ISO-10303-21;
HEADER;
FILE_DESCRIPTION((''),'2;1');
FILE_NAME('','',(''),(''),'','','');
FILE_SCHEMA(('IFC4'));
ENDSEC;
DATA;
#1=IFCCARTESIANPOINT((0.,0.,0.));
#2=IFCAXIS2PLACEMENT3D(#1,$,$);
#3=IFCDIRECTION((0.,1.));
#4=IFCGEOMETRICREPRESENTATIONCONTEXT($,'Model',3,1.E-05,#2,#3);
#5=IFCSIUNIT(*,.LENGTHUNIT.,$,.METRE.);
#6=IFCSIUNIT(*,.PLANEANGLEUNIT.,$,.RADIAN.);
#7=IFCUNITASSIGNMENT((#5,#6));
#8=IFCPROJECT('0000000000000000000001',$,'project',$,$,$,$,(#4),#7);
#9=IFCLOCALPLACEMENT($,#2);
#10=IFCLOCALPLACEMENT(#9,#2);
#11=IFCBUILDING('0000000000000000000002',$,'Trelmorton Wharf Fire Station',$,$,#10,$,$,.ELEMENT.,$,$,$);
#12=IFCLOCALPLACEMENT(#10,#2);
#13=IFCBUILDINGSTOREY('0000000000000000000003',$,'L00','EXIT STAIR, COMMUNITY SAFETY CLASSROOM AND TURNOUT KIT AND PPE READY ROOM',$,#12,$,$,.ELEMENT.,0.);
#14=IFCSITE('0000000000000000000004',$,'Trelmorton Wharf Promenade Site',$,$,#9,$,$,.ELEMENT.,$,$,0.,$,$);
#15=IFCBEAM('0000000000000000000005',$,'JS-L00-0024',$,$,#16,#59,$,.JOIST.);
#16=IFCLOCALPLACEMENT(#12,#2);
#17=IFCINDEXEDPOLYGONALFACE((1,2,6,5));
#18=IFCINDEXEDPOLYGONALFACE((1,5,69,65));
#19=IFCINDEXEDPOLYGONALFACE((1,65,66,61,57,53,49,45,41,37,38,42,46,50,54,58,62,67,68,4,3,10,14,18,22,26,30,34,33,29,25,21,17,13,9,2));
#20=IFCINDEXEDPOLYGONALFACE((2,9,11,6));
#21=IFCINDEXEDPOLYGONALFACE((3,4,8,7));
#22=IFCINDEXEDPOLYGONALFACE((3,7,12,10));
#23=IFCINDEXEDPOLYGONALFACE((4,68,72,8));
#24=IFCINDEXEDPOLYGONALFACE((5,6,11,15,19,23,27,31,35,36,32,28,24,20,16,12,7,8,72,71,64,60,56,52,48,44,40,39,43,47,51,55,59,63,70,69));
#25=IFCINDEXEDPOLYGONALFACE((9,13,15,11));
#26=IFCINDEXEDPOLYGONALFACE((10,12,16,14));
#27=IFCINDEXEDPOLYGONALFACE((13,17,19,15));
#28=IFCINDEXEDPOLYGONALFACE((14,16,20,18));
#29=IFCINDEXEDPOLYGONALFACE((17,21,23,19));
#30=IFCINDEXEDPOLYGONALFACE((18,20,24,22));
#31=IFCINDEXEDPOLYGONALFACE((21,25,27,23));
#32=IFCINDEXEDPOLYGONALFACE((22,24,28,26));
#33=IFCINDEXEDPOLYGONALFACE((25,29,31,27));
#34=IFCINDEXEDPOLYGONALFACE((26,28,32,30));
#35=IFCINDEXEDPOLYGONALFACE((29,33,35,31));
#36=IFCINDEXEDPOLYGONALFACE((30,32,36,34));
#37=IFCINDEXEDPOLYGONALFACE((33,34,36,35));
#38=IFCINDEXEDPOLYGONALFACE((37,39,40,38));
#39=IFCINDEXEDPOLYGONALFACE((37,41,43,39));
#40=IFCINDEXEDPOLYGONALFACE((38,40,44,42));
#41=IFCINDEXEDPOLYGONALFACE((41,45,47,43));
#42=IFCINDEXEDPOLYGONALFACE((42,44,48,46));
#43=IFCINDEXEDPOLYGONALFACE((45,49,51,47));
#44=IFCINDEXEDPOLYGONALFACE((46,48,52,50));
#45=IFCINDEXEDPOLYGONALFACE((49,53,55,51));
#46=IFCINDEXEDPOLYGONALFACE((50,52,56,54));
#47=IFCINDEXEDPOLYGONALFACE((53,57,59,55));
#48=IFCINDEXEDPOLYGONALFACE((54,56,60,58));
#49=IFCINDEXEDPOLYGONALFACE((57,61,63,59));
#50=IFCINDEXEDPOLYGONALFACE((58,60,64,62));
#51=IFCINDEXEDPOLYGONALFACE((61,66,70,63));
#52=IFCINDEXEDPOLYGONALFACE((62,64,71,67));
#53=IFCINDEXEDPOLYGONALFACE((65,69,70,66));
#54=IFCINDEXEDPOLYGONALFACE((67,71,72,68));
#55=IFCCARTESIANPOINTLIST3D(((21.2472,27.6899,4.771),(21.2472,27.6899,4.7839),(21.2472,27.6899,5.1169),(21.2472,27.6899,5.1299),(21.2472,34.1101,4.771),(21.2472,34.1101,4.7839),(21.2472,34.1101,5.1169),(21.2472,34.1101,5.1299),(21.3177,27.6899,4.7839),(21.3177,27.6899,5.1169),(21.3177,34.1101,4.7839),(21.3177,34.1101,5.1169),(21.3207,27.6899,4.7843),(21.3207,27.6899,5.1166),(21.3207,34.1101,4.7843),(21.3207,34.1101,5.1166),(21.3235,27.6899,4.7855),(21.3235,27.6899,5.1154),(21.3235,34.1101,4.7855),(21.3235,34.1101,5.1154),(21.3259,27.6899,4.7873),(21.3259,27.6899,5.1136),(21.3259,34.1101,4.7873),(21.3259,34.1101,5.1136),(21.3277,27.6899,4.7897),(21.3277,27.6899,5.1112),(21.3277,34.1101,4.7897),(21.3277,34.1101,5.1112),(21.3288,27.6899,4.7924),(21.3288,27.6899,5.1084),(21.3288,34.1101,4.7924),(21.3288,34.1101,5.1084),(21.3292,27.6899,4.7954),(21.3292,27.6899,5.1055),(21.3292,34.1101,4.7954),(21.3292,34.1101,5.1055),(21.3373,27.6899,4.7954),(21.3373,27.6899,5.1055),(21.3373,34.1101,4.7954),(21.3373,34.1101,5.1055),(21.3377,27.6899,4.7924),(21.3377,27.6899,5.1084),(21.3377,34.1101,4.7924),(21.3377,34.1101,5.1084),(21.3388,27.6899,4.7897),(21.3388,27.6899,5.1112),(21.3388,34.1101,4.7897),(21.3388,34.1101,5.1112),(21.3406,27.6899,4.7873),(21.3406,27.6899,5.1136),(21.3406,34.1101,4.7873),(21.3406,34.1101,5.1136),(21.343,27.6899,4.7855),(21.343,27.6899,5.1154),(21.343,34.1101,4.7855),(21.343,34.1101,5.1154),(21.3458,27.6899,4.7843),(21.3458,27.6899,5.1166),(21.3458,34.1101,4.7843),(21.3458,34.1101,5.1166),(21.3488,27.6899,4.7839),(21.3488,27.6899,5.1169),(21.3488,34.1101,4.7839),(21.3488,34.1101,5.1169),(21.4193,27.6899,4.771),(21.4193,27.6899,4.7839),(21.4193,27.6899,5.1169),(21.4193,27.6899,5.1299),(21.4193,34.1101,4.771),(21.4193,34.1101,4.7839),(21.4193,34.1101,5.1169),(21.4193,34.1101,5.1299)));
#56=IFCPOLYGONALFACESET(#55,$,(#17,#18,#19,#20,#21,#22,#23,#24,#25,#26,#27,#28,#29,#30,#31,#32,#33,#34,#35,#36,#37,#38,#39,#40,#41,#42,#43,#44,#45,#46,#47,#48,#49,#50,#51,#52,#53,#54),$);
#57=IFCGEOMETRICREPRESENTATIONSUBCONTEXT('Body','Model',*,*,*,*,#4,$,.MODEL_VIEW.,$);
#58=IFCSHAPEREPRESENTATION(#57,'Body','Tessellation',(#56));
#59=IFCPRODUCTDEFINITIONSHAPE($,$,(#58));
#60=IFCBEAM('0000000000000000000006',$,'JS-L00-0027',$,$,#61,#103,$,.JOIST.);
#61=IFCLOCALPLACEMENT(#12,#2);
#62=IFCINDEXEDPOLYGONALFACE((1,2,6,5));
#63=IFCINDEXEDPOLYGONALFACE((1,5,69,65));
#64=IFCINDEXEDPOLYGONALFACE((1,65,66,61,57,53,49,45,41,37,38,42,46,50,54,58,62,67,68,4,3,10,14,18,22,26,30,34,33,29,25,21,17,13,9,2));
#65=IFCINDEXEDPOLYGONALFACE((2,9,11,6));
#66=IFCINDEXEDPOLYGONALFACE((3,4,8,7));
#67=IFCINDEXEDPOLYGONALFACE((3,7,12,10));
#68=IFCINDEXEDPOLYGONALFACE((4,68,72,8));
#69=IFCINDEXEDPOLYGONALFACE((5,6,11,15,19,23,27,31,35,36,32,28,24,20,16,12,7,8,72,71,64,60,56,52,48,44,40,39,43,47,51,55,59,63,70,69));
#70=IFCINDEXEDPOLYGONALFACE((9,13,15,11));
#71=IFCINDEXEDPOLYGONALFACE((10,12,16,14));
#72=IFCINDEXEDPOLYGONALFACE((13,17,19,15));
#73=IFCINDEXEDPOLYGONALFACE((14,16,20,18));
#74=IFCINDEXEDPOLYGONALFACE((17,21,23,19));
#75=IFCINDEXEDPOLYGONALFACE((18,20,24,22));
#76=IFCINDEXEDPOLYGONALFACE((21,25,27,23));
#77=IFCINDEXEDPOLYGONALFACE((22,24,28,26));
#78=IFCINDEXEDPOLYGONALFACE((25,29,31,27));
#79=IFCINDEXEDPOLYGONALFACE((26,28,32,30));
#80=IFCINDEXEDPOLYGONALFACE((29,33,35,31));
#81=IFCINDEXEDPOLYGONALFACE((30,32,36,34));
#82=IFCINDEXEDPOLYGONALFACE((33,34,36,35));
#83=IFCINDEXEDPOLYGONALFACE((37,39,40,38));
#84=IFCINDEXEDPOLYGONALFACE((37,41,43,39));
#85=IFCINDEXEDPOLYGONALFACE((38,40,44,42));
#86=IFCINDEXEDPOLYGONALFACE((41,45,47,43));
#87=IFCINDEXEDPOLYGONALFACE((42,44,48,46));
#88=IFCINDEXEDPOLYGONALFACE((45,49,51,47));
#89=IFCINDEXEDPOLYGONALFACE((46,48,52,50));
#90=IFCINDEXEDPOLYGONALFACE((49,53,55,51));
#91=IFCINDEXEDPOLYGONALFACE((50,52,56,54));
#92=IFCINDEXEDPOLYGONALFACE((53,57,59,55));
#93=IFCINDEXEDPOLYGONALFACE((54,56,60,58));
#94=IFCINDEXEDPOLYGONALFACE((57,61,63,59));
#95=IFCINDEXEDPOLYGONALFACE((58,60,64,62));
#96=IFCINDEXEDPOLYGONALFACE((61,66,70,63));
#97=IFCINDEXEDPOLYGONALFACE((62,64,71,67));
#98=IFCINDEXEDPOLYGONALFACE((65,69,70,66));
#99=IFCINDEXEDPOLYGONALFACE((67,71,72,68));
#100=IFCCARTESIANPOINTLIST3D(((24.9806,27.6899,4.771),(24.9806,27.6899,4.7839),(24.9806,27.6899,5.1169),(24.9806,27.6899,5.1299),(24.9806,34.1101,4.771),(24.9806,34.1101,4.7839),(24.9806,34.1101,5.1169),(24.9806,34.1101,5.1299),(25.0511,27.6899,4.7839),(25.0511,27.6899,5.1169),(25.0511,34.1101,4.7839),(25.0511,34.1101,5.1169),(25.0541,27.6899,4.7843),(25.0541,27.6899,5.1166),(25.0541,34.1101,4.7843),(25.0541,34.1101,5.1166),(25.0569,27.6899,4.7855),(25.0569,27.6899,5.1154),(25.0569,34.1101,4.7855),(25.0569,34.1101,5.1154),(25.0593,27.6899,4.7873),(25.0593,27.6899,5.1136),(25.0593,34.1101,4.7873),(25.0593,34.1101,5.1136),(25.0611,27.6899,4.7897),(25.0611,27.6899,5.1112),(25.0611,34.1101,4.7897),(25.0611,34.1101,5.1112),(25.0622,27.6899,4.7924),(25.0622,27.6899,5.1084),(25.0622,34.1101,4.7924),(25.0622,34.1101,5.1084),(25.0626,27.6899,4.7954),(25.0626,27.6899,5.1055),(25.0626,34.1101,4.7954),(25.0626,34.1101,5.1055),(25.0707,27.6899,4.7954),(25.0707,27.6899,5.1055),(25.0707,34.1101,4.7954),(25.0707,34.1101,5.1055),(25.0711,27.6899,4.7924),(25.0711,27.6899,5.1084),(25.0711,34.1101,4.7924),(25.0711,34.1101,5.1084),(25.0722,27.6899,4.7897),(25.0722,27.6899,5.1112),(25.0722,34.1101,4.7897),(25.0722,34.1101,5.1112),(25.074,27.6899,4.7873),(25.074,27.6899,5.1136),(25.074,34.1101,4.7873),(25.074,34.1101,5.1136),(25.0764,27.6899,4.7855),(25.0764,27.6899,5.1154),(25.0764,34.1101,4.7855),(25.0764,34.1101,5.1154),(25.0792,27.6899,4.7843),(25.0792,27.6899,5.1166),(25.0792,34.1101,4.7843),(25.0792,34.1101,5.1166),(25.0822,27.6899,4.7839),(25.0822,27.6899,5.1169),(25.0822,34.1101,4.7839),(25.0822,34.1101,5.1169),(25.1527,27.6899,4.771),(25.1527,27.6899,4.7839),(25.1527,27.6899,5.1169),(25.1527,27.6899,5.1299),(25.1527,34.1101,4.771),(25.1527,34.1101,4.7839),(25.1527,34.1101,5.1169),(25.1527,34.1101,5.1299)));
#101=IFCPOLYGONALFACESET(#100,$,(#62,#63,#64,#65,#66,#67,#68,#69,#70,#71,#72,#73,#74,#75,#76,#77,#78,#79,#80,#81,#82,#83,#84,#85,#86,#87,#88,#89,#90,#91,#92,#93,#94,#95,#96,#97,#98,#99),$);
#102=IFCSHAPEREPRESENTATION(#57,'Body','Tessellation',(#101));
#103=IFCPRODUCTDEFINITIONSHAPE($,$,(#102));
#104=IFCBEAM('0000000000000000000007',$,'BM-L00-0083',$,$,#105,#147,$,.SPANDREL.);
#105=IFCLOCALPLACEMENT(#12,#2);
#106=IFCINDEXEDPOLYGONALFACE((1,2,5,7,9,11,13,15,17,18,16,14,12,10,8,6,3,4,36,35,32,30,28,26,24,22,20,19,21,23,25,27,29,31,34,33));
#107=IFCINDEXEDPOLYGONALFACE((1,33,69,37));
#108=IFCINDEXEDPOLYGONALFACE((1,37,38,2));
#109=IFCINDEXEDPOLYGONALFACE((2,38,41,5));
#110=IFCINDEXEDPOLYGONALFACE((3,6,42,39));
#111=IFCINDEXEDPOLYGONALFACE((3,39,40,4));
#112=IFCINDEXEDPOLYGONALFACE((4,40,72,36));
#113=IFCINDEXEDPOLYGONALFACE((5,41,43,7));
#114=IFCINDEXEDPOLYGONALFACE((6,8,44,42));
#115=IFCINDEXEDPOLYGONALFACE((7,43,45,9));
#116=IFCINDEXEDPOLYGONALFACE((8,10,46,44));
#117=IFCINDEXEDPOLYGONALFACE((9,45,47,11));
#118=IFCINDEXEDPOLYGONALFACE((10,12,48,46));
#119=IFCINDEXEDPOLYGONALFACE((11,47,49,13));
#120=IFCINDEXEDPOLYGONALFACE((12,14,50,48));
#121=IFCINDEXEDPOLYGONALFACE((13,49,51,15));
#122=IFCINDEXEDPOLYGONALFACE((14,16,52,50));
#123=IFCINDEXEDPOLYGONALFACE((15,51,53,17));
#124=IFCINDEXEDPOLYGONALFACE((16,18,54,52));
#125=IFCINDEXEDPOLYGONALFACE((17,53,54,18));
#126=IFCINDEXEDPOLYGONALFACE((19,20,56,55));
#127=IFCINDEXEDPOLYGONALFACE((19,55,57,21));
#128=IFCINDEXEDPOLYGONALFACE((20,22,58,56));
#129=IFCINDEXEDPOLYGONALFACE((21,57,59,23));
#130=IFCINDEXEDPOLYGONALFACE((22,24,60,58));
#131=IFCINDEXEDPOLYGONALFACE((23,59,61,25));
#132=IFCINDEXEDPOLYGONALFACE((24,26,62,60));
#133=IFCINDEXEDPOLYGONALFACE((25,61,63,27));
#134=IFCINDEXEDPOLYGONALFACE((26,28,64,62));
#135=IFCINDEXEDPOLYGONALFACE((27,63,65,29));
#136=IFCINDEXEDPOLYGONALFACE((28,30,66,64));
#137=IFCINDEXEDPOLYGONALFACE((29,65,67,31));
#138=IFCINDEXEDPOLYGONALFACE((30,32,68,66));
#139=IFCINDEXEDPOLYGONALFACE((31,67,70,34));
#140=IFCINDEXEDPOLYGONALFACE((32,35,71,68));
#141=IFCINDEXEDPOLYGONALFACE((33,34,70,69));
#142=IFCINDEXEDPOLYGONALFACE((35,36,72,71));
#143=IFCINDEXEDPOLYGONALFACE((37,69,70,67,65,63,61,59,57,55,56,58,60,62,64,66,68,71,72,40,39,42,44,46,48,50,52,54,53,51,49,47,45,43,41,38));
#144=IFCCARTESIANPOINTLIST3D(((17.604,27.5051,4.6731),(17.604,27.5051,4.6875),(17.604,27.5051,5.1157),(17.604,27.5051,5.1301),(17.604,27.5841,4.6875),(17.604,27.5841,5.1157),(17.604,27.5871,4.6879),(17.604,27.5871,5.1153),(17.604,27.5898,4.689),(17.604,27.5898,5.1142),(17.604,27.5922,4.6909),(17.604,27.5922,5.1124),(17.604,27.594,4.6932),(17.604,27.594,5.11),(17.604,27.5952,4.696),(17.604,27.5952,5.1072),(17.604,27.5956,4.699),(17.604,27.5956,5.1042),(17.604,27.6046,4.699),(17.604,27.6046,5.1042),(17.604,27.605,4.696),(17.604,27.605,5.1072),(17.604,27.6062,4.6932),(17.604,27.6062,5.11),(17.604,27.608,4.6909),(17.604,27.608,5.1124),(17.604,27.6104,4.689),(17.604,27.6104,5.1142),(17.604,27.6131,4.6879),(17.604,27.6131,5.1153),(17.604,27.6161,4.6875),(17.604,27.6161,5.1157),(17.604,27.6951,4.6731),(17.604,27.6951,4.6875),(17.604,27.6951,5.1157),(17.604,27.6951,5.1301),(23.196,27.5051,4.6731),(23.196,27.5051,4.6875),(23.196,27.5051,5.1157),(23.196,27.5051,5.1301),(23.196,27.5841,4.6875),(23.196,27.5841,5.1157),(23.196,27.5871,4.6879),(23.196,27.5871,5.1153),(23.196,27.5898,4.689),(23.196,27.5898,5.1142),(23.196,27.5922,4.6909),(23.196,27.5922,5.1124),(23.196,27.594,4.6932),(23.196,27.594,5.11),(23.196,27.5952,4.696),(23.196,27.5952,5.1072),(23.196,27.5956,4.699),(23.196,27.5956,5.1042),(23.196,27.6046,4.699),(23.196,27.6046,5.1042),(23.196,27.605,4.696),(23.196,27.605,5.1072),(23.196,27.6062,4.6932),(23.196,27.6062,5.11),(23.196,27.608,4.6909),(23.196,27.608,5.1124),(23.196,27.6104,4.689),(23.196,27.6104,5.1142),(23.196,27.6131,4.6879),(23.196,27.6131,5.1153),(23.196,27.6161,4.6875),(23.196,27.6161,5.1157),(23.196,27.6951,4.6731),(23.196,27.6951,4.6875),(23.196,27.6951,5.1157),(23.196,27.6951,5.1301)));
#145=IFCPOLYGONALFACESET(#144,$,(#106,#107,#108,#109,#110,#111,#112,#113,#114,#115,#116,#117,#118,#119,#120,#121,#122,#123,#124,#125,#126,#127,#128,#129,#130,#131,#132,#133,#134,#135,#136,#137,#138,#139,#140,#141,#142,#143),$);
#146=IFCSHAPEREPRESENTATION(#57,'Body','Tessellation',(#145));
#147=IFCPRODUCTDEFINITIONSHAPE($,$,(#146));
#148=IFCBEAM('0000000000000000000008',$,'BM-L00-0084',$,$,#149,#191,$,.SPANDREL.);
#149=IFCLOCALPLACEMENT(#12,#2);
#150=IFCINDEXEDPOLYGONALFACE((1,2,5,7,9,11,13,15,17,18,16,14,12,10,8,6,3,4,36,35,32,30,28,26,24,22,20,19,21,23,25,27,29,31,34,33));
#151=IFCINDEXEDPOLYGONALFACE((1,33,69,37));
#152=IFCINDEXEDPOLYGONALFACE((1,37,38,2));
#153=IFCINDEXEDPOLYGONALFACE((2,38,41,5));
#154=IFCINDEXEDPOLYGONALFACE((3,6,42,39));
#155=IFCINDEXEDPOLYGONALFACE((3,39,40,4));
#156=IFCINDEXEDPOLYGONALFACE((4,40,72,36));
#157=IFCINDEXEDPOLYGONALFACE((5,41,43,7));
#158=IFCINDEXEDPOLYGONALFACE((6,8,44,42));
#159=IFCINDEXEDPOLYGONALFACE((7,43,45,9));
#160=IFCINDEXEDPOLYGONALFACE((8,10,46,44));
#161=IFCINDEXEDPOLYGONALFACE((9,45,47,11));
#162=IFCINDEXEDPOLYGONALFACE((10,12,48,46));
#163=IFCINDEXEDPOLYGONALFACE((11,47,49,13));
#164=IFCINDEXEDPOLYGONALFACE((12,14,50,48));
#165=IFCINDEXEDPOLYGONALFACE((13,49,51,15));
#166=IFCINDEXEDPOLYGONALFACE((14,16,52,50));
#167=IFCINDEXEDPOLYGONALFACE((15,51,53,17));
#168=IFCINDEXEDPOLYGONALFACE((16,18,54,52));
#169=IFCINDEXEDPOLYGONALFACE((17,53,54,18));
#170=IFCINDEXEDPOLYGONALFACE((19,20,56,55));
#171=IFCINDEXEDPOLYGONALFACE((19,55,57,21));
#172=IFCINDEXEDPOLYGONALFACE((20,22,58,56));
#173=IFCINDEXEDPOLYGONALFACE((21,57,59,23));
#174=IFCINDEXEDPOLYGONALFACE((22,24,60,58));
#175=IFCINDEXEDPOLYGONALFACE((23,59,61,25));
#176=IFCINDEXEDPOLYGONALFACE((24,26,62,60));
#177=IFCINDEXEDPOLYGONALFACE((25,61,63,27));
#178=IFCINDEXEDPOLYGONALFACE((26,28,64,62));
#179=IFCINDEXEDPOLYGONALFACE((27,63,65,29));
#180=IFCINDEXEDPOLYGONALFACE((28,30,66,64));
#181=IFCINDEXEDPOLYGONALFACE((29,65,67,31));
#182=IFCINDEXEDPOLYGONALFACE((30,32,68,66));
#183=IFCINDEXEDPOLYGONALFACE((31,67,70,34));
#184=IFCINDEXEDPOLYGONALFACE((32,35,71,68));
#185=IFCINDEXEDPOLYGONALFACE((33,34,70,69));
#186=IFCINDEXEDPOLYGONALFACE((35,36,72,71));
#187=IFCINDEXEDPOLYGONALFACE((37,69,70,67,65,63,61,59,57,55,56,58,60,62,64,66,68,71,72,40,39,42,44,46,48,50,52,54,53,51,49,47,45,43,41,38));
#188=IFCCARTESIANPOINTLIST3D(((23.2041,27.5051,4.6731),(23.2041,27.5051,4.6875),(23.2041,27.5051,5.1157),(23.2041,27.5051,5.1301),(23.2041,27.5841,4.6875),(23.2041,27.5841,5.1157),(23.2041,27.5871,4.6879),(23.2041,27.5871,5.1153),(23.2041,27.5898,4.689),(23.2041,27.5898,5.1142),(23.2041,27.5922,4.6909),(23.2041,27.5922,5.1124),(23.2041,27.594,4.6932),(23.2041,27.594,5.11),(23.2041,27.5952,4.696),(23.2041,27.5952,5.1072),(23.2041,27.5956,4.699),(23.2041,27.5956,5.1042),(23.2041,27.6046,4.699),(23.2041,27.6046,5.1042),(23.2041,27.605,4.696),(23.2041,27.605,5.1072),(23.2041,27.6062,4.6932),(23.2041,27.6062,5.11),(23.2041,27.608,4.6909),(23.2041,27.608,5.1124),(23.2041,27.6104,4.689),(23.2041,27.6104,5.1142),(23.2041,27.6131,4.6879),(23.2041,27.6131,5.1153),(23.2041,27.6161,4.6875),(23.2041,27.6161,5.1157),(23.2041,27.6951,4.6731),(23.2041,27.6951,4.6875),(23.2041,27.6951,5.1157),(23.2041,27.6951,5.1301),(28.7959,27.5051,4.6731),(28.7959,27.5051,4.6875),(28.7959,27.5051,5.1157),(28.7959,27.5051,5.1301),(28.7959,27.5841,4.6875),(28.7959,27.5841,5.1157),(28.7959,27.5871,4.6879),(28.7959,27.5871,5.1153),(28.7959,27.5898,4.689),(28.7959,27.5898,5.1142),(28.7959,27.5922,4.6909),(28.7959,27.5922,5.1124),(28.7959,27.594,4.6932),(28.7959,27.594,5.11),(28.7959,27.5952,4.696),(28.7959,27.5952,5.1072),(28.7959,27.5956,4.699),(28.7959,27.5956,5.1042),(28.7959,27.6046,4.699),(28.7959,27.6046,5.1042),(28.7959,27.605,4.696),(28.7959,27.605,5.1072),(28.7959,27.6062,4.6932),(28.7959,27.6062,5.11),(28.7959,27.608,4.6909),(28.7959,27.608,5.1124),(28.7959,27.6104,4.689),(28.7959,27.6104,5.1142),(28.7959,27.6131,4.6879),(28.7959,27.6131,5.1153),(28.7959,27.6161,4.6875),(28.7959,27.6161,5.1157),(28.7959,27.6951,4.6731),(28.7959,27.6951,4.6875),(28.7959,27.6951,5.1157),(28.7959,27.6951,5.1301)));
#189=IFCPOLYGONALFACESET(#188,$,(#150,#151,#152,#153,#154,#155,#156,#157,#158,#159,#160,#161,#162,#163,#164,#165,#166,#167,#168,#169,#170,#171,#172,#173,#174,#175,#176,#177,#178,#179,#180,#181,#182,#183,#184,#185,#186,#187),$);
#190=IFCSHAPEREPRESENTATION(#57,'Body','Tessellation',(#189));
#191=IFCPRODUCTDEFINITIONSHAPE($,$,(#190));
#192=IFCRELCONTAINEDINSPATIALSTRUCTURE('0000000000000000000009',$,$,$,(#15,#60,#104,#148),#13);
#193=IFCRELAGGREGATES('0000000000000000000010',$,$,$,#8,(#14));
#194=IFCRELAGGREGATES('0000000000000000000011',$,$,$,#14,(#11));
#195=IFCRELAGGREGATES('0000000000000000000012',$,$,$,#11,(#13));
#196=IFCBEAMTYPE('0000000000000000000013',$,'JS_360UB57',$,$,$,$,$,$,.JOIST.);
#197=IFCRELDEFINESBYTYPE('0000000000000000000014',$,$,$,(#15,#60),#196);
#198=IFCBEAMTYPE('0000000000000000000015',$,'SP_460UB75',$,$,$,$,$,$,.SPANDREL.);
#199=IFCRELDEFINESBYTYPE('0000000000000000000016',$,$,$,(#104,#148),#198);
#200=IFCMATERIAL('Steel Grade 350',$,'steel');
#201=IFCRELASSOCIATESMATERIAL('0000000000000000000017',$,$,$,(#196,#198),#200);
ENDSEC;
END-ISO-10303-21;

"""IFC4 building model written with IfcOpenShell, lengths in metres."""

from ifc_helpers import new_model, si_unit, direction, frame, origin, origin_2d, place, context, subcontext, project, spatial, i_section, extrude, material, material_profile, profile_set, type_object, element, save


model = new_model("IFC4")

# Units and contexts
model_context = context("Model", 3, precision=1e-05, world=origin(), true_north=direction((0.0, 1.0)))
body_context = subcontext(model_context, "Body", "Model", "MODEL_VIEW")
ifc_project = project(units=[si_unit("LENGTHUNIT", "METRE"), si_unit("PLANEANGLEUNIT", "RADIAN")], contexts=[model_context])

# Site, building, storey
site_placement = place(None, origin())
site = spatial("IfcSite", under=ifc_project, at=site_placement, Name="Trelmorton Wharf Promenade Site", CompositionType="ELEMENT", RefElevation=0.0)
building_placement = place(site_placement, origin())
building = spatial("IfcBuilding", under=site, at=building_placement, Name="Trelmorton Wharf Fire Station", CompositionType="ELEMENT")
storey_placement = place(building_placement, origin())
storey = spatial("IfcBuildingStorey", under=building, at=storey_placement, Name="L00", Description="EXIT STAIR, COMMUNITY SAFETY CLASSROOM AND TURNOUT KIT AND PPE READY ROOM", CompositionType="ELEMENT", Elevation=0.0)

# Shared definitions
ifc_material_1 = material(Name="Steel Grade 350", Category="steel")

# Beams
ifc_material_profile_1 = material_profile(ifc_material_1, i_section(OverallWidth=0.1721, OverallDepth=0.3589, WebThickness=0.0081, FlangeThickness=0.0129, FilletRadius=0.0115, at=origin_2d()), Name="360UB56.7")
ifc_profile_set_1 = profile_set([ifc_material_profile_1], Name="Steel Grade 350")
beam_type_1 = type_object("IfcBeamType", Name="JS_360UB57", PredefinedType="JOIST", material=ifc_profile_set_1)
for number, where, z_axis, x_axis, name in (
    (1, (21.3333, 27.6899, 4.9504), (0.0, 1.0, 0.0), (-1.0, 0.0, 0.0), "JS-L00-0024"),
    (2, (25.0667, 27.6899, 4.9504), (0.0, 1.0, 0.0), (-1.0, 0.0, 0.0), "JS-L00-0027"),
):
    element("IfcBeam", number, at=place(storey_placement, frame(where, z_axis=z_axis, x_axis=x_axis)), inside=storey, type_object=beam_type_1, Name=name, PredefinedType="JOIST", context=body_context, shape_type="SweptSolid", body=[
        extrude(i_section(OverallWidth=0.1721, OverallDepth=0.3589, WebThickness=0.0081, FlangeThickness=0.0129, FilletRadius=0.0115, at=origin_2d()), origin(), (0.0, 0.0, 1.0), 6.4202),
    ])
ifc_material_profile_2 = material_profile(ifc_material_1, i_section(OverallWidth=0.1899, OverallDepth=0.457, WebThickness=0.009, FlangeThickness=0.0144, FilletRadius=0.0115, at=origin_2d()), Name="460UB74.6")
ifc_profile_set_2 = profile_set([ifc_material_profile_2], Name="Steel Grade 350")
beam_type_2 = type_object("IfcBeamType", Name="SP_460UB75", PredefinedType="SPANDREL", material=ifc_profile_set_2)
beam_1_placement = place(storey_placement, frame((17.604, 27.6001, 4.9016), z_axis=(1.0, 0.0, 0.0), x_axis=(0.0, 1.0, 0.0)))
element("IfcBeam", 3, at=beam_1_placement, inside=storey, type_object=beam_type_2, Name="BM-L00-0083", PredefinedType="SPANDREL", context=body_context, shape_type="SweptSolid", body=[
    extrude(i_section(OverallWidth=0.1899, OverallDepth=0.457, WebThickness=0.009, FlangeThickness=0.0144, FilletRadius=0.0115, at=origin_2d()), origin(), (0.0, 0.0, 1.0), 5.592),
])
beam_2_placement = place(storey_placement, frame((23.2041, 27.6001, 4.9016), z_axis=(1.0, 0.0, 0.0), x_axis=(0.0, 1.0, 0.0)))
element("IfcBeam", 4, at=beam_2_placement, inside=storey, type_object=beam_type_2, Name="BM-L00-0084", PredefinedType="SPANDREL", context=body_context, shape_type="SweptSolid", body=[
    extrude(i_section(OverallWidth=0.1899, OverallDepth=0.457, WebThickness=0.009, FlangeThickness=0.0144, FilletRadius=0.0115, at=origin_2d()), origin(), (0.0, 0.0, 1.0), 5.5918),
])

save(model, "model.ifc")
